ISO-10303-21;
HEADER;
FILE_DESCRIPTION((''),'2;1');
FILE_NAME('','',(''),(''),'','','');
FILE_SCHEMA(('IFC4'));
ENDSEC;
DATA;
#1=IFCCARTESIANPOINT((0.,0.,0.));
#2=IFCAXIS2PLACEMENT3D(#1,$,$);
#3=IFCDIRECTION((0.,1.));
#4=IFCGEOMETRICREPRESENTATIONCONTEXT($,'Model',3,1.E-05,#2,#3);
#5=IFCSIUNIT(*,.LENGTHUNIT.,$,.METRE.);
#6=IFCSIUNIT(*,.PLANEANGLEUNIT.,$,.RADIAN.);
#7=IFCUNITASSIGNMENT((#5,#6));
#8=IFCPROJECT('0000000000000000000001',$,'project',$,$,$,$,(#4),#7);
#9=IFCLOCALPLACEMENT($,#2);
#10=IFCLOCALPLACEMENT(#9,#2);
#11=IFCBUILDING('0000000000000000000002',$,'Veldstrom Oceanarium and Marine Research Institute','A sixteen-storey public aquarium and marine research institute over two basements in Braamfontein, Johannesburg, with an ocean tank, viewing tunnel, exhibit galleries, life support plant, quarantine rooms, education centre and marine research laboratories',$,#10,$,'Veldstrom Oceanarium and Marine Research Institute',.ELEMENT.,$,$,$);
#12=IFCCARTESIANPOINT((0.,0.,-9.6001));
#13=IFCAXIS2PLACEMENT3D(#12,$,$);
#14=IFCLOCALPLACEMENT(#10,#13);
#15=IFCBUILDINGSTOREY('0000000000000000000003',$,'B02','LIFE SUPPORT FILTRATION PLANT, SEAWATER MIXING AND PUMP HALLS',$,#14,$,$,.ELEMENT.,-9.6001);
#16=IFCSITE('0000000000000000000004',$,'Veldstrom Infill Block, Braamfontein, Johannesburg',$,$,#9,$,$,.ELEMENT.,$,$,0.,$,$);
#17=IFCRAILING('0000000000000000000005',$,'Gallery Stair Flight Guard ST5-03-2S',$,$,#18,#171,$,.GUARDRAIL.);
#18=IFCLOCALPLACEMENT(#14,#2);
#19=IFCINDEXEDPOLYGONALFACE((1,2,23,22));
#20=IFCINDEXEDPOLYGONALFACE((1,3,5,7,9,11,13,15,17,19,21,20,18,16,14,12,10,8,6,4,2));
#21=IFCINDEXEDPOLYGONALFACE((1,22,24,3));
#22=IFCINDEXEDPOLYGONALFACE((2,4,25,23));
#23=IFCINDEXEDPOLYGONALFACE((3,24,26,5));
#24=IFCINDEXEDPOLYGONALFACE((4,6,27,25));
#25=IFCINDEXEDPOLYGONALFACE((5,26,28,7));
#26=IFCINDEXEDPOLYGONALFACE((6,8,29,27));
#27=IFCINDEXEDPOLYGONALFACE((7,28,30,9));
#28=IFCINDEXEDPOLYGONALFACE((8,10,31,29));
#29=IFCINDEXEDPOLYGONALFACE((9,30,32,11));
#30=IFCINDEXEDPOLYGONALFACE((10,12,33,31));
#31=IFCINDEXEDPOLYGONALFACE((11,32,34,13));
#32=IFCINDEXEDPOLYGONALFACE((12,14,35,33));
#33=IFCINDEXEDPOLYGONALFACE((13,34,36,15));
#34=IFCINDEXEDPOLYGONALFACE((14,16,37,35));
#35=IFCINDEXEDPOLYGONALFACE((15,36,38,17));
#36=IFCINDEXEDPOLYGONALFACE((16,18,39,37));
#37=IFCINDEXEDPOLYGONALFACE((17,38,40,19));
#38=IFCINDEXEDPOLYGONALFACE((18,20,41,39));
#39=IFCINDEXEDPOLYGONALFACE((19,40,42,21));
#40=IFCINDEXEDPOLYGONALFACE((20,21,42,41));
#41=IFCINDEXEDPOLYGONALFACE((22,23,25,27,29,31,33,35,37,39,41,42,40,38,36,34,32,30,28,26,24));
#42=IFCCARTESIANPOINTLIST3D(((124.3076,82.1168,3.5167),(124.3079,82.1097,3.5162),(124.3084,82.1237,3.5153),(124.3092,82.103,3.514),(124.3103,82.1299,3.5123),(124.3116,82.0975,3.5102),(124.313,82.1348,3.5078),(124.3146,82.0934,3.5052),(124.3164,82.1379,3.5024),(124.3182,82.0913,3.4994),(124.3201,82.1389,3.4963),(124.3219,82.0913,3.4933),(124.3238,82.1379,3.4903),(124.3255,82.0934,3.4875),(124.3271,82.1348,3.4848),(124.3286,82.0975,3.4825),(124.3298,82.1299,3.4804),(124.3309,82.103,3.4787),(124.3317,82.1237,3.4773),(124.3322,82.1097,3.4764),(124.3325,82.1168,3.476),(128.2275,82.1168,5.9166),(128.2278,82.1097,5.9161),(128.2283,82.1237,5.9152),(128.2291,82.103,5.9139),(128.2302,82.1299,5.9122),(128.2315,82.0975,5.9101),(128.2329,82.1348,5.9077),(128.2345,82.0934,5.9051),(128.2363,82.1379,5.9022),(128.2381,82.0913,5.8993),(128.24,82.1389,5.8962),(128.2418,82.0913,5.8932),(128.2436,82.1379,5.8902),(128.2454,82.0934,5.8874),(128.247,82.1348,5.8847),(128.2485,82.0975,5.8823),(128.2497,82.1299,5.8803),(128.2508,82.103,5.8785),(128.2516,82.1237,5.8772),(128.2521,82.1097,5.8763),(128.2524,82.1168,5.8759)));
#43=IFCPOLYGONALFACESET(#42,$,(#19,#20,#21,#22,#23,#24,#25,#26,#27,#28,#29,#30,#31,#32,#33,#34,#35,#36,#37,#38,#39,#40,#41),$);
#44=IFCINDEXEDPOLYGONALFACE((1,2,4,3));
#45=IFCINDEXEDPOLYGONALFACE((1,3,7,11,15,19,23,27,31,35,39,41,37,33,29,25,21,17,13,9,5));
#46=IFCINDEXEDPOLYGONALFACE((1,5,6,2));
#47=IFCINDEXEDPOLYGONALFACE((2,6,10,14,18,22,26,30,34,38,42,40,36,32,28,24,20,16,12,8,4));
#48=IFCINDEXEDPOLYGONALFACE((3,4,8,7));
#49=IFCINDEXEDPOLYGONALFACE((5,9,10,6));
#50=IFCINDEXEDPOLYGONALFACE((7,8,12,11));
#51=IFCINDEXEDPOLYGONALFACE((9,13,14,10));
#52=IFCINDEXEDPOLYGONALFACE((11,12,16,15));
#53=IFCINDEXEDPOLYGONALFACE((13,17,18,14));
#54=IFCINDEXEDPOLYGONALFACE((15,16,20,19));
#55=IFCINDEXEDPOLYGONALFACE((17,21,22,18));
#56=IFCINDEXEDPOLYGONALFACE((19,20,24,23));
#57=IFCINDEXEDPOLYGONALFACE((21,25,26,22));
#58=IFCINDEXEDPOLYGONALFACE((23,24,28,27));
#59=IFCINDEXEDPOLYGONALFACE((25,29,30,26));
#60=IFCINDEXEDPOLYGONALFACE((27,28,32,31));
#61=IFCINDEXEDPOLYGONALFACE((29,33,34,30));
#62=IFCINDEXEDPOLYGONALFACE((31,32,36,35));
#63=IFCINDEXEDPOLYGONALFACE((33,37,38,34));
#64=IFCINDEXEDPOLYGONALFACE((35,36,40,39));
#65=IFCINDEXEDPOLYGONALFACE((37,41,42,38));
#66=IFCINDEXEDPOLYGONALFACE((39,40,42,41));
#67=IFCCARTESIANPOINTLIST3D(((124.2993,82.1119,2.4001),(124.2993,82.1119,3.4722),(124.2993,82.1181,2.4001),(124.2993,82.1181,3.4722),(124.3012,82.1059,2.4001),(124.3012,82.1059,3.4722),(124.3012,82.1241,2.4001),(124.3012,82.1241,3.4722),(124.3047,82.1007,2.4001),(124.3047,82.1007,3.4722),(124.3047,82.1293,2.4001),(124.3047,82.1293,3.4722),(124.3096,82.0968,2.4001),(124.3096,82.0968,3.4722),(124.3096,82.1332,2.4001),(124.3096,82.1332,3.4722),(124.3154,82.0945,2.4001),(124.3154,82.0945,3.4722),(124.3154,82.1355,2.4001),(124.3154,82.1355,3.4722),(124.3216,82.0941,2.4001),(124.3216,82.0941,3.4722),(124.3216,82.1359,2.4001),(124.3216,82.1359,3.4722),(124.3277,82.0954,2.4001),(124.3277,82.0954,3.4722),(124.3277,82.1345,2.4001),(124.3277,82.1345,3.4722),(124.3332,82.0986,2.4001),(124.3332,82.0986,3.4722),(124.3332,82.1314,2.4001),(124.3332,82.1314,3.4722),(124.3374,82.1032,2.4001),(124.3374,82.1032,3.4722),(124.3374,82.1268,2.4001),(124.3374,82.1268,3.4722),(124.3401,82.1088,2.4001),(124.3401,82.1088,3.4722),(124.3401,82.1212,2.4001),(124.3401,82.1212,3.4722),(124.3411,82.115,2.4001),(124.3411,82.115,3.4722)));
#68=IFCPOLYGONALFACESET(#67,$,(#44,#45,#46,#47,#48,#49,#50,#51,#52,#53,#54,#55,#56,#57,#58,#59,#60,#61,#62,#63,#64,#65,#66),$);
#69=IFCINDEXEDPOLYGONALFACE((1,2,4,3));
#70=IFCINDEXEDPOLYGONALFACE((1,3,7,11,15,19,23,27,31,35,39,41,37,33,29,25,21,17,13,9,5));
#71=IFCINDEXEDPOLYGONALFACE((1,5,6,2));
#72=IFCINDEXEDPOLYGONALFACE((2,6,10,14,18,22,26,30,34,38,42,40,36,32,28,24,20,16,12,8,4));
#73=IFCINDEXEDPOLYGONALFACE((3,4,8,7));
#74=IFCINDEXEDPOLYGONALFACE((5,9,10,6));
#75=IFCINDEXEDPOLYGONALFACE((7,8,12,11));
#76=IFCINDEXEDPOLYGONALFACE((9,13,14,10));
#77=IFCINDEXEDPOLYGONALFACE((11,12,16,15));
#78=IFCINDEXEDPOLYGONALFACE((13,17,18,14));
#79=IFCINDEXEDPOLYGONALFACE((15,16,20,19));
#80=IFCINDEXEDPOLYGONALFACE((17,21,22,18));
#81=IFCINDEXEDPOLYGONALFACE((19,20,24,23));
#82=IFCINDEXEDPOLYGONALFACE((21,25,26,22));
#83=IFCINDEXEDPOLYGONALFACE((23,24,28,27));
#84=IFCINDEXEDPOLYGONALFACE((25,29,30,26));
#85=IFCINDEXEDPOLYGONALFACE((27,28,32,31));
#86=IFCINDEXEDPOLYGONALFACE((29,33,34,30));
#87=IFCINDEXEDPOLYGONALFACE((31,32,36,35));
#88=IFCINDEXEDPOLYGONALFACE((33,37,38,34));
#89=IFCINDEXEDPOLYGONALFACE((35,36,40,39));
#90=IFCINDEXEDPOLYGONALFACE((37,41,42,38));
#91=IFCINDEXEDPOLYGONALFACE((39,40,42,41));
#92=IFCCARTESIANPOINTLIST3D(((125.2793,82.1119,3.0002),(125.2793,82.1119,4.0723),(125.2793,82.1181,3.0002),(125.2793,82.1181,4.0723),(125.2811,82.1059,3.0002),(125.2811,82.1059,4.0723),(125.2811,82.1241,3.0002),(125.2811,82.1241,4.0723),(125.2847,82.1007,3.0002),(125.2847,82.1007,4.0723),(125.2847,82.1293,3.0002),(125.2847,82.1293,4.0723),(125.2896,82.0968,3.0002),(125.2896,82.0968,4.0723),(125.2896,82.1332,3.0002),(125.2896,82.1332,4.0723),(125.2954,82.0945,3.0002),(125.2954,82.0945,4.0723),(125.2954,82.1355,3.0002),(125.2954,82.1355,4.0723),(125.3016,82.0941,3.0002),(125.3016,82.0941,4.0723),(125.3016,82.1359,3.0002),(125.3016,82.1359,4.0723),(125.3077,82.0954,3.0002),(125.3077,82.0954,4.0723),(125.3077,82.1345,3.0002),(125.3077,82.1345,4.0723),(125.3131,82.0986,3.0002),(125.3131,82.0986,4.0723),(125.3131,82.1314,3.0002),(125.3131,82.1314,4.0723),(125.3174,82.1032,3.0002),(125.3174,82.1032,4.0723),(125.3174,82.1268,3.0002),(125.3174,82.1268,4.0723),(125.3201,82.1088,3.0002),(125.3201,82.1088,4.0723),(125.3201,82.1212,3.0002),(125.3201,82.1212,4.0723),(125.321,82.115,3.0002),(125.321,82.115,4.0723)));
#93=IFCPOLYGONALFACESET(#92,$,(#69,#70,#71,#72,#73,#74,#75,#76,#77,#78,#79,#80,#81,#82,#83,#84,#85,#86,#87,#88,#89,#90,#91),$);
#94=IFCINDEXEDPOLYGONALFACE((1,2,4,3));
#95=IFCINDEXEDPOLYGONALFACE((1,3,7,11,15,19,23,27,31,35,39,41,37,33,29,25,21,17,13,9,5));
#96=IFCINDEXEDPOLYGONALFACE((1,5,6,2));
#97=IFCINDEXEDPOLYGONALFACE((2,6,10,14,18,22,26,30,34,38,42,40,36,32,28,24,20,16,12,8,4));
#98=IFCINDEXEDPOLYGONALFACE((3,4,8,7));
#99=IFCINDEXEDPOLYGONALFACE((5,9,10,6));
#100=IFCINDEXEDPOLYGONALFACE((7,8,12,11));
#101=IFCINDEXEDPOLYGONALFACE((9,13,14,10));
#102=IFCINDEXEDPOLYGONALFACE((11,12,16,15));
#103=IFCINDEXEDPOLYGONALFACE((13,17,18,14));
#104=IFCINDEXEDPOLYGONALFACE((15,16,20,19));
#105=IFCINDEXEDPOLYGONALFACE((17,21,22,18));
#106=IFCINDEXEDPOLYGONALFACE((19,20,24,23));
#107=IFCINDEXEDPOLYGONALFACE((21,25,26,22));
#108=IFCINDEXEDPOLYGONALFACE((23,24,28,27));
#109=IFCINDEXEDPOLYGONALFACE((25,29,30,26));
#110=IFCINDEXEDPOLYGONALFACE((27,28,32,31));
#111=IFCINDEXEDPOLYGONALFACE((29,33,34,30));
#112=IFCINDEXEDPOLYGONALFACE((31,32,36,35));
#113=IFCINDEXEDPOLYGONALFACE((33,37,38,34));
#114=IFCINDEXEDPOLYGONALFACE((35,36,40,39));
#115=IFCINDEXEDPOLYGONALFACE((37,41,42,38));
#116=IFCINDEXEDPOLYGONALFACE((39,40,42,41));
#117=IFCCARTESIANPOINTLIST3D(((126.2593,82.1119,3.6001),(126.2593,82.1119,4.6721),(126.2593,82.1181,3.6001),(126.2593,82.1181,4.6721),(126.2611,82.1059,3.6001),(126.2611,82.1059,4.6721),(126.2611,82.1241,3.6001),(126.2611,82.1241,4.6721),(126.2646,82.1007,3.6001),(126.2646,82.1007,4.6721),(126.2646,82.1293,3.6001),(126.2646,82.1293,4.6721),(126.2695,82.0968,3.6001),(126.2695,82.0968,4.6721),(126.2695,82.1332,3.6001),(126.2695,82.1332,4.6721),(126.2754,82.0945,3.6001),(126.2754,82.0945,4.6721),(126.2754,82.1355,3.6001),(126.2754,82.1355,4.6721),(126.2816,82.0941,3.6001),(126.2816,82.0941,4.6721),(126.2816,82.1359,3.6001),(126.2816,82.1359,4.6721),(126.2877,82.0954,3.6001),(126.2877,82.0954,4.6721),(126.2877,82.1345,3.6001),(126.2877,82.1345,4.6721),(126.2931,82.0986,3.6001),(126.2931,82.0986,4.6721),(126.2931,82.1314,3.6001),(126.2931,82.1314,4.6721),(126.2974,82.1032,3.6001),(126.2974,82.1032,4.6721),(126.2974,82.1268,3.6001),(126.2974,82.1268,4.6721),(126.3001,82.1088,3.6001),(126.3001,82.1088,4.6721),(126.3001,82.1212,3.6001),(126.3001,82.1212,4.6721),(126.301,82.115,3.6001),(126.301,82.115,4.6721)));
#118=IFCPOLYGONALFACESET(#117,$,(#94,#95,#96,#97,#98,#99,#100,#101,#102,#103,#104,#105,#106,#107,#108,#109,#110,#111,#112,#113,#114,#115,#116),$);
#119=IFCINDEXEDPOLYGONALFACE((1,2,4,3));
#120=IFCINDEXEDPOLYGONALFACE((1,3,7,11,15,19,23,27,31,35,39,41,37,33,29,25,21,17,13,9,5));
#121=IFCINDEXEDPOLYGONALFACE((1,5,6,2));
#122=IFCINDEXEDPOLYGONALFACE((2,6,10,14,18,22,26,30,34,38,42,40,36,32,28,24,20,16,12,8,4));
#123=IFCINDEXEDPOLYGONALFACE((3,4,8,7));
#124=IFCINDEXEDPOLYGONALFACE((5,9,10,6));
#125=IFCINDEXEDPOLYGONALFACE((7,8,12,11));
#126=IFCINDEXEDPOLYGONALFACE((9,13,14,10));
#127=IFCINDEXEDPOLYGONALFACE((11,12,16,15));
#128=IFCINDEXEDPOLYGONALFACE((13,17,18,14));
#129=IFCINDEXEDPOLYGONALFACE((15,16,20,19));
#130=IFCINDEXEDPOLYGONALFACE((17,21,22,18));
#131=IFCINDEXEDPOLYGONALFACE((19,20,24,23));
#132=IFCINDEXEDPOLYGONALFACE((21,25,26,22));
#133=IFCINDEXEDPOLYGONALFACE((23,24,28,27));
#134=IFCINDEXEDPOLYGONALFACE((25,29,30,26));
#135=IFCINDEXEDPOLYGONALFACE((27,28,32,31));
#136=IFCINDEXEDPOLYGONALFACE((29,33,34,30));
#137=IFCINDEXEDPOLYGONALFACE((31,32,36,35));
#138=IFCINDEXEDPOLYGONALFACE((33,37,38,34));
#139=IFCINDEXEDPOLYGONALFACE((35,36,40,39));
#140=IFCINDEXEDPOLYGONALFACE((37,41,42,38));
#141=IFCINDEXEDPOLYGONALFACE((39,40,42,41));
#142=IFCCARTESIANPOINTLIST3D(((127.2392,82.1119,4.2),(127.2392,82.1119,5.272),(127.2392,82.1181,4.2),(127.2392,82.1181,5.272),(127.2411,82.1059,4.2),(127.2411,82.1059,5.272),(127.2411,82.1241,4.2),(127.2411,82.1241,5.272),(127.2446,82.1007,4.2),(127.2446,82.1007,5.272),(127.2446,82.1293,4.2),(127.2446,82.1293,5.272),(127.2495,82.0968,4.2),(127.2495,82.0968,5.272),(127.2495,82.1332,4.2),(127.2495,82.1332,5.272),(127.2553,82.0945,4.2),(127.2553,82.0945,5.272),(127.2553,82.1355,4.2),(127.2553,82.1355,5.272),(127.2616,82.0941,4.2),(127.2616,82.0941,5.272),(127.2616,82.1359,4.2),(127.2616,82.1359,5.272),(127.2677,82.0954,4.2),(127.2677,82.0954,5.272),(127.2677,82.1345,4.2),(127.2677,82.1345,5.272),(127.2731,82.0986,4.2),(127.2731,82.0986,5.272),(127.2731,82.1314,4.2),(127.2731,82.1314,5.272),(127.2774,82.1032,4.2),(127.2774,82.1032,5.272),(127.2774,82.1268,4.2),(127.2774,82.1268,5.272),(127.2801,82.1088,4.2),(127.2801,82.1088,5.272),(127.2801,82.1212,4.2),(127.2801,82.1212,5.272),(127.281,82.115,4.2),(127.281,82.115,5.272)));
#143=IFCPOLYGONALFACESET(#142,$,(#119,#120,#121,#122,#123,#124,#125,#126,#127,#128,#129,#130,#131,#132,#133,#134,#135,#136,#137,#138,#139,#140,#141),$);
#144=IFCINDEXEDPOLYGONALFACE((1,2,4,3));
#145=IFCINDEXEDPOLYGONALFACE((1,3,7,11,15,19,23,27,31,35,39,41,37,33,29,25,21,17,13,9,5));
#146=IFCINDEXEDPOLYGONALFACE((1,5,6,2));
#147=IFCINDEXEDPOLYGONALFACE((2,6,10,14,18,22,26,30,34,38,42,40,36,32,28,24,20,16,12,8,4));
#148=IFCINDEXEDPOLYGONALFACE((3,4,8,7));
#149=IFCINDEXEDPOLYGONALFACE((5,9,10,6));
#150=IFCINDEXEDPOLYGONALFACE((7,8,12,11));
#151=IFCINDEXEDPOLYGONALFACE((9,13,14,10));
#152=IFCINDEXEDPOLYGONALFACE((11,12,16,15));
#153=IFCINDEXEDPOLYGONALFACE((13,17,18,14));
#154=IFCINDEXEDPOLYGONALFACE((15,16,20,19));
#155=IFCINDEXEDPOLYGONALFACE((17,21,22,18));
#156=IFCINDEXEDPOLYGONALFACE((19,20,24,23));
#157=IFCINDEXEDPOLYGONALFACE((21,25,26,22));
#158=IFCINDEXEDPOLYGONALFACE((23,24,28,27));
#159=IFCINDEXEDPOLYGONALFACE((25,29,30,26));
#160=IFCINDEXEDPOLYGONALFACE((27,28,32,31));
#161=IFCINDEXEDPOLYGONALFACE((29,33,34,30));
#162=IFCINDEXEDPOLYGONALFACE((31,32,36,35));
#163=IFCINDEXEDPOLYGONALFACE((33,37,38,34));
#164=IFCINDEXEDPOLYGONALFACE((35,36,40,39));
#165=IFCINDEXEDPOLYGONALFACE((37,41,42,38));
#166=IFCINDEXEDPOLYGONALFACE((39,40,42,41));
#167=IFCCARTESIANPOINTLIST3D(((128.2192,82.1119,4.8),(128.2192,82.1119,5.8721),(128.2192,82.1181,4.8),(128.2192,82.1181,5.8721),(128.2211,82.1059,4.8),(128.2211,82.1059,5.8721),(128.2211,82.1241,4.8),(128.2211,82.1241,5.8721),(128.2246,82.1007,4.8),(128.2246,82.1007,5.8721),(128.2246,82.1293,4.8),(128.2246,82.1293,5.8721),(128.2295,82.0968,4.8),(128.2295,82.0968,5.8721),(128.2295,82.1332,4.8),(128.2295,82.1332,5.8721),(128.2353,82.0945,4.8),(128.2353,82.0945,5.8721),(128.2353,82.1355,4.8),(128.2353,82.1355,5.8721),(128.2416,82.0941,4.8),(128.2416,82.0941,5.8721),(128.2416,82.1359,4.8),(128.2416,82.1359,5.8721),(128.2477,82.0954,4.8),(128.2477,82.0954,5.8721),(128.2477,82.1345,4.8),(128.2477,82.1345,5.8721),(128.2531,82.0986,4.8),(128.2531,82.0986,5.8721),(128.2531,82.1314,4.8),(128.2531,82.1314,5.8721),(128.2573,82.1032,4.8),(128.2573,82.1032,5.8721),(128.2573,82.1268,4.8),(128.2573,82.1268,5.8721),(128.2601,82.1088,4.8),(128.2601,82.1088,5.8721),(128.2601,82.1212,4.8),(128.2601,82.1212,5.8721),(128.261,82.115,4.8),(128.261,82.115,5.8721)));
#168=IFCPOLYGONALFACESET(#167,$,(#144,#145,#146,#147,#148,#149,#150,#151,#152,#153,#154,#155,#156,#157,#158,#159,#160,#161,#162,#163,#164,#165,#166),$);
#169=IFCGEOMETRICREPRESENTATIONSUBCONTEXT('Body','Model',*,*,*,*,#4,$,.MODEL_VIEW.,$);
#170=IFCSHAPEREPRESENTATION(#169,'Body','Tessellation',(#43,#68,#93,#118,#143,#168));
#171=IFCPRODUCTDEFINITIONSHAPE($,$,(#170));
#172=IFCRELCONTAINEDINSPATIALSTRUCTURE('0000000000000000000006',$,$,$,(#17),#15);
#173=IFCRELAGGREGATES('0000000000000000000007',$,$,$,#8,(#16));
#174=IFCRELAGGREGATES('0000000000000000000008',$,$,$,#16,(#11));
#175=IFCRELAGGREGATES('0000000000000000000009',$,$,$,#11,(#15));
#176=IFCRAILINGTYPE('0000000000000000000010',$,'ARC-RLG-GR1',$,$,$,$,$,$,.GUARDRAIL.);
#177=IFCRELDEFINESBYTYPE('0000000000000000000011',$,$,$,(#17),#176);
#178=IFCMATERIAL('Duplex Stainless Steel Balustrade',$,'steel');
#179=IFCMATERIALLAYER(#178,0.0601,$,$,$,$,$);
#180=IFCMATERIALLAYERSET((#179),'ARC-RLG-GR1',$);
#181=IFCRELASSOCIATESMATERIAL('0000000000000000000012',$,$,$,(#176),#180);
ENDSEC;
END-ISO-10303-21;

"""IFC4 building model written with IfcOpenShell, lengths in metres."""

from ifc_helpers import new_model, si_unit, direction, frame, origin, origin_2d, place, context, subcontext, project, spatial, circle, extrude, material, layer, layer_set, type_object, element, save


model = new_model("IFC4")

# Units and contexts
model_context = context("Model", 3, precision=1e-05, world=origin(), true_north=direction((0.0, 1.0)))
body_context = subcontext(model_context, "Body", "Model", "MODEL_VIEW")
ifc_project = project(units=[si_unit("LENGTHUNIT", "METRE"), si_unit("PLANEANGLEUNIT", "RADIAN")], contexts=[model_context])

# Site, building, storey
site_placement = place(None, origin())
site = spatial("IfcSite", under=ifc_project, at=site_placement, Name="Veldstrom Infill Block, Braamfontein, Johannesburg", CompositionType="ELEMENT", RefElevation=0.0)
building_placement = place(site_placement, origin())
building = spatial("IfcBuilding", under=site, at=building_placement, Name="Veldstrom Oceanarium and Marine Research Institute", Description="A sixteen-storey public aquarium and marine research institute over two basements in Braamfontein, Johannesburg, with an ocean tank, viewing tunnel, exhibit galleries, life support plant, quarantine rooms, education centre and marine research laboratories", LongName="Veldstrom Oceanarium and Marine Research Institute", CompositionType="ELEMENT")
storey_placement = place(building_placement, frame((0.0, 0.0, -9.6001)))
storey = spatial("IfcBuildingStorey", under=building, at=storey_placement, Name="B02", Description="LIFE SUPPORT FILTRATION PLANT, SEAWATER MIXING AND PUMP HALLS", CompositionType="ELEMENT", Elevation=-9.6001)

# Railing
ifc_material_1 = material(Name="Duplex Stainless Steel Balustrade", Category="steel")
ifc_layer_1 = layer(ifc_material_1, 0.0601)
ifc_layer_set_1 = layer_set([ifc_layer_1], Name="ARC-RLG-GR1")
railing_type = type_object("IfcRailingType", Name="ARC-RLG-GR1", PredefinedType="GUARDRAIL", material=ifc_layer_set_1)
railing_1_placement = place(storey_placement, frame((124.3201, 82.115, 2.4001)))
element("IfcRailing", 1, at=railing_1_placement, inside=storey, type_object=railing_type, Name="Gallery Stair Flight Guard ST5-03-2S", PredefinedType="GUARDRAIL", context=body_context, shape_type="SweptSolid", body=[
    extrude(circle(Radius=0.0239, at=origin_2d()), frame((0.0, 0.0, 1.0962), z_axis=(0.852856, 0.0, 0.522146), x_axis=(0.0, 1.0, 0.0)), (0.0, 0.0, 1.0), 4.5962),
    extrude(circle(Radius=0.021, at=origin_2d()), origin(), (0.0, 0.0, 1.0), 1.072),
    extrude(circle(Radius=0.021, at=origin_2d()), frame((0.98, 0.0, 0.6001)), (0.0, 0.0, 1.0), 1.072),
    extrude(circle(Radius=0.021, at=origin_2d()), frame((1.96, 0.0, 1.2)), (0.0, 0.0, 1.0), 1.072),
    extrude(circle(Radius=0.021, at=origin_2d()), frame((2.9399, 0.0, 1.7998)), (0.0, 0.0, 1.0), 1.072),
    extrude(circle(Radius=0.021, at=origin_2d()), frame((3.9199, 0.0, 2.3999)), (0.0, 0.0, 1.0), 1.072),
])

save(model, "model.ifc")
